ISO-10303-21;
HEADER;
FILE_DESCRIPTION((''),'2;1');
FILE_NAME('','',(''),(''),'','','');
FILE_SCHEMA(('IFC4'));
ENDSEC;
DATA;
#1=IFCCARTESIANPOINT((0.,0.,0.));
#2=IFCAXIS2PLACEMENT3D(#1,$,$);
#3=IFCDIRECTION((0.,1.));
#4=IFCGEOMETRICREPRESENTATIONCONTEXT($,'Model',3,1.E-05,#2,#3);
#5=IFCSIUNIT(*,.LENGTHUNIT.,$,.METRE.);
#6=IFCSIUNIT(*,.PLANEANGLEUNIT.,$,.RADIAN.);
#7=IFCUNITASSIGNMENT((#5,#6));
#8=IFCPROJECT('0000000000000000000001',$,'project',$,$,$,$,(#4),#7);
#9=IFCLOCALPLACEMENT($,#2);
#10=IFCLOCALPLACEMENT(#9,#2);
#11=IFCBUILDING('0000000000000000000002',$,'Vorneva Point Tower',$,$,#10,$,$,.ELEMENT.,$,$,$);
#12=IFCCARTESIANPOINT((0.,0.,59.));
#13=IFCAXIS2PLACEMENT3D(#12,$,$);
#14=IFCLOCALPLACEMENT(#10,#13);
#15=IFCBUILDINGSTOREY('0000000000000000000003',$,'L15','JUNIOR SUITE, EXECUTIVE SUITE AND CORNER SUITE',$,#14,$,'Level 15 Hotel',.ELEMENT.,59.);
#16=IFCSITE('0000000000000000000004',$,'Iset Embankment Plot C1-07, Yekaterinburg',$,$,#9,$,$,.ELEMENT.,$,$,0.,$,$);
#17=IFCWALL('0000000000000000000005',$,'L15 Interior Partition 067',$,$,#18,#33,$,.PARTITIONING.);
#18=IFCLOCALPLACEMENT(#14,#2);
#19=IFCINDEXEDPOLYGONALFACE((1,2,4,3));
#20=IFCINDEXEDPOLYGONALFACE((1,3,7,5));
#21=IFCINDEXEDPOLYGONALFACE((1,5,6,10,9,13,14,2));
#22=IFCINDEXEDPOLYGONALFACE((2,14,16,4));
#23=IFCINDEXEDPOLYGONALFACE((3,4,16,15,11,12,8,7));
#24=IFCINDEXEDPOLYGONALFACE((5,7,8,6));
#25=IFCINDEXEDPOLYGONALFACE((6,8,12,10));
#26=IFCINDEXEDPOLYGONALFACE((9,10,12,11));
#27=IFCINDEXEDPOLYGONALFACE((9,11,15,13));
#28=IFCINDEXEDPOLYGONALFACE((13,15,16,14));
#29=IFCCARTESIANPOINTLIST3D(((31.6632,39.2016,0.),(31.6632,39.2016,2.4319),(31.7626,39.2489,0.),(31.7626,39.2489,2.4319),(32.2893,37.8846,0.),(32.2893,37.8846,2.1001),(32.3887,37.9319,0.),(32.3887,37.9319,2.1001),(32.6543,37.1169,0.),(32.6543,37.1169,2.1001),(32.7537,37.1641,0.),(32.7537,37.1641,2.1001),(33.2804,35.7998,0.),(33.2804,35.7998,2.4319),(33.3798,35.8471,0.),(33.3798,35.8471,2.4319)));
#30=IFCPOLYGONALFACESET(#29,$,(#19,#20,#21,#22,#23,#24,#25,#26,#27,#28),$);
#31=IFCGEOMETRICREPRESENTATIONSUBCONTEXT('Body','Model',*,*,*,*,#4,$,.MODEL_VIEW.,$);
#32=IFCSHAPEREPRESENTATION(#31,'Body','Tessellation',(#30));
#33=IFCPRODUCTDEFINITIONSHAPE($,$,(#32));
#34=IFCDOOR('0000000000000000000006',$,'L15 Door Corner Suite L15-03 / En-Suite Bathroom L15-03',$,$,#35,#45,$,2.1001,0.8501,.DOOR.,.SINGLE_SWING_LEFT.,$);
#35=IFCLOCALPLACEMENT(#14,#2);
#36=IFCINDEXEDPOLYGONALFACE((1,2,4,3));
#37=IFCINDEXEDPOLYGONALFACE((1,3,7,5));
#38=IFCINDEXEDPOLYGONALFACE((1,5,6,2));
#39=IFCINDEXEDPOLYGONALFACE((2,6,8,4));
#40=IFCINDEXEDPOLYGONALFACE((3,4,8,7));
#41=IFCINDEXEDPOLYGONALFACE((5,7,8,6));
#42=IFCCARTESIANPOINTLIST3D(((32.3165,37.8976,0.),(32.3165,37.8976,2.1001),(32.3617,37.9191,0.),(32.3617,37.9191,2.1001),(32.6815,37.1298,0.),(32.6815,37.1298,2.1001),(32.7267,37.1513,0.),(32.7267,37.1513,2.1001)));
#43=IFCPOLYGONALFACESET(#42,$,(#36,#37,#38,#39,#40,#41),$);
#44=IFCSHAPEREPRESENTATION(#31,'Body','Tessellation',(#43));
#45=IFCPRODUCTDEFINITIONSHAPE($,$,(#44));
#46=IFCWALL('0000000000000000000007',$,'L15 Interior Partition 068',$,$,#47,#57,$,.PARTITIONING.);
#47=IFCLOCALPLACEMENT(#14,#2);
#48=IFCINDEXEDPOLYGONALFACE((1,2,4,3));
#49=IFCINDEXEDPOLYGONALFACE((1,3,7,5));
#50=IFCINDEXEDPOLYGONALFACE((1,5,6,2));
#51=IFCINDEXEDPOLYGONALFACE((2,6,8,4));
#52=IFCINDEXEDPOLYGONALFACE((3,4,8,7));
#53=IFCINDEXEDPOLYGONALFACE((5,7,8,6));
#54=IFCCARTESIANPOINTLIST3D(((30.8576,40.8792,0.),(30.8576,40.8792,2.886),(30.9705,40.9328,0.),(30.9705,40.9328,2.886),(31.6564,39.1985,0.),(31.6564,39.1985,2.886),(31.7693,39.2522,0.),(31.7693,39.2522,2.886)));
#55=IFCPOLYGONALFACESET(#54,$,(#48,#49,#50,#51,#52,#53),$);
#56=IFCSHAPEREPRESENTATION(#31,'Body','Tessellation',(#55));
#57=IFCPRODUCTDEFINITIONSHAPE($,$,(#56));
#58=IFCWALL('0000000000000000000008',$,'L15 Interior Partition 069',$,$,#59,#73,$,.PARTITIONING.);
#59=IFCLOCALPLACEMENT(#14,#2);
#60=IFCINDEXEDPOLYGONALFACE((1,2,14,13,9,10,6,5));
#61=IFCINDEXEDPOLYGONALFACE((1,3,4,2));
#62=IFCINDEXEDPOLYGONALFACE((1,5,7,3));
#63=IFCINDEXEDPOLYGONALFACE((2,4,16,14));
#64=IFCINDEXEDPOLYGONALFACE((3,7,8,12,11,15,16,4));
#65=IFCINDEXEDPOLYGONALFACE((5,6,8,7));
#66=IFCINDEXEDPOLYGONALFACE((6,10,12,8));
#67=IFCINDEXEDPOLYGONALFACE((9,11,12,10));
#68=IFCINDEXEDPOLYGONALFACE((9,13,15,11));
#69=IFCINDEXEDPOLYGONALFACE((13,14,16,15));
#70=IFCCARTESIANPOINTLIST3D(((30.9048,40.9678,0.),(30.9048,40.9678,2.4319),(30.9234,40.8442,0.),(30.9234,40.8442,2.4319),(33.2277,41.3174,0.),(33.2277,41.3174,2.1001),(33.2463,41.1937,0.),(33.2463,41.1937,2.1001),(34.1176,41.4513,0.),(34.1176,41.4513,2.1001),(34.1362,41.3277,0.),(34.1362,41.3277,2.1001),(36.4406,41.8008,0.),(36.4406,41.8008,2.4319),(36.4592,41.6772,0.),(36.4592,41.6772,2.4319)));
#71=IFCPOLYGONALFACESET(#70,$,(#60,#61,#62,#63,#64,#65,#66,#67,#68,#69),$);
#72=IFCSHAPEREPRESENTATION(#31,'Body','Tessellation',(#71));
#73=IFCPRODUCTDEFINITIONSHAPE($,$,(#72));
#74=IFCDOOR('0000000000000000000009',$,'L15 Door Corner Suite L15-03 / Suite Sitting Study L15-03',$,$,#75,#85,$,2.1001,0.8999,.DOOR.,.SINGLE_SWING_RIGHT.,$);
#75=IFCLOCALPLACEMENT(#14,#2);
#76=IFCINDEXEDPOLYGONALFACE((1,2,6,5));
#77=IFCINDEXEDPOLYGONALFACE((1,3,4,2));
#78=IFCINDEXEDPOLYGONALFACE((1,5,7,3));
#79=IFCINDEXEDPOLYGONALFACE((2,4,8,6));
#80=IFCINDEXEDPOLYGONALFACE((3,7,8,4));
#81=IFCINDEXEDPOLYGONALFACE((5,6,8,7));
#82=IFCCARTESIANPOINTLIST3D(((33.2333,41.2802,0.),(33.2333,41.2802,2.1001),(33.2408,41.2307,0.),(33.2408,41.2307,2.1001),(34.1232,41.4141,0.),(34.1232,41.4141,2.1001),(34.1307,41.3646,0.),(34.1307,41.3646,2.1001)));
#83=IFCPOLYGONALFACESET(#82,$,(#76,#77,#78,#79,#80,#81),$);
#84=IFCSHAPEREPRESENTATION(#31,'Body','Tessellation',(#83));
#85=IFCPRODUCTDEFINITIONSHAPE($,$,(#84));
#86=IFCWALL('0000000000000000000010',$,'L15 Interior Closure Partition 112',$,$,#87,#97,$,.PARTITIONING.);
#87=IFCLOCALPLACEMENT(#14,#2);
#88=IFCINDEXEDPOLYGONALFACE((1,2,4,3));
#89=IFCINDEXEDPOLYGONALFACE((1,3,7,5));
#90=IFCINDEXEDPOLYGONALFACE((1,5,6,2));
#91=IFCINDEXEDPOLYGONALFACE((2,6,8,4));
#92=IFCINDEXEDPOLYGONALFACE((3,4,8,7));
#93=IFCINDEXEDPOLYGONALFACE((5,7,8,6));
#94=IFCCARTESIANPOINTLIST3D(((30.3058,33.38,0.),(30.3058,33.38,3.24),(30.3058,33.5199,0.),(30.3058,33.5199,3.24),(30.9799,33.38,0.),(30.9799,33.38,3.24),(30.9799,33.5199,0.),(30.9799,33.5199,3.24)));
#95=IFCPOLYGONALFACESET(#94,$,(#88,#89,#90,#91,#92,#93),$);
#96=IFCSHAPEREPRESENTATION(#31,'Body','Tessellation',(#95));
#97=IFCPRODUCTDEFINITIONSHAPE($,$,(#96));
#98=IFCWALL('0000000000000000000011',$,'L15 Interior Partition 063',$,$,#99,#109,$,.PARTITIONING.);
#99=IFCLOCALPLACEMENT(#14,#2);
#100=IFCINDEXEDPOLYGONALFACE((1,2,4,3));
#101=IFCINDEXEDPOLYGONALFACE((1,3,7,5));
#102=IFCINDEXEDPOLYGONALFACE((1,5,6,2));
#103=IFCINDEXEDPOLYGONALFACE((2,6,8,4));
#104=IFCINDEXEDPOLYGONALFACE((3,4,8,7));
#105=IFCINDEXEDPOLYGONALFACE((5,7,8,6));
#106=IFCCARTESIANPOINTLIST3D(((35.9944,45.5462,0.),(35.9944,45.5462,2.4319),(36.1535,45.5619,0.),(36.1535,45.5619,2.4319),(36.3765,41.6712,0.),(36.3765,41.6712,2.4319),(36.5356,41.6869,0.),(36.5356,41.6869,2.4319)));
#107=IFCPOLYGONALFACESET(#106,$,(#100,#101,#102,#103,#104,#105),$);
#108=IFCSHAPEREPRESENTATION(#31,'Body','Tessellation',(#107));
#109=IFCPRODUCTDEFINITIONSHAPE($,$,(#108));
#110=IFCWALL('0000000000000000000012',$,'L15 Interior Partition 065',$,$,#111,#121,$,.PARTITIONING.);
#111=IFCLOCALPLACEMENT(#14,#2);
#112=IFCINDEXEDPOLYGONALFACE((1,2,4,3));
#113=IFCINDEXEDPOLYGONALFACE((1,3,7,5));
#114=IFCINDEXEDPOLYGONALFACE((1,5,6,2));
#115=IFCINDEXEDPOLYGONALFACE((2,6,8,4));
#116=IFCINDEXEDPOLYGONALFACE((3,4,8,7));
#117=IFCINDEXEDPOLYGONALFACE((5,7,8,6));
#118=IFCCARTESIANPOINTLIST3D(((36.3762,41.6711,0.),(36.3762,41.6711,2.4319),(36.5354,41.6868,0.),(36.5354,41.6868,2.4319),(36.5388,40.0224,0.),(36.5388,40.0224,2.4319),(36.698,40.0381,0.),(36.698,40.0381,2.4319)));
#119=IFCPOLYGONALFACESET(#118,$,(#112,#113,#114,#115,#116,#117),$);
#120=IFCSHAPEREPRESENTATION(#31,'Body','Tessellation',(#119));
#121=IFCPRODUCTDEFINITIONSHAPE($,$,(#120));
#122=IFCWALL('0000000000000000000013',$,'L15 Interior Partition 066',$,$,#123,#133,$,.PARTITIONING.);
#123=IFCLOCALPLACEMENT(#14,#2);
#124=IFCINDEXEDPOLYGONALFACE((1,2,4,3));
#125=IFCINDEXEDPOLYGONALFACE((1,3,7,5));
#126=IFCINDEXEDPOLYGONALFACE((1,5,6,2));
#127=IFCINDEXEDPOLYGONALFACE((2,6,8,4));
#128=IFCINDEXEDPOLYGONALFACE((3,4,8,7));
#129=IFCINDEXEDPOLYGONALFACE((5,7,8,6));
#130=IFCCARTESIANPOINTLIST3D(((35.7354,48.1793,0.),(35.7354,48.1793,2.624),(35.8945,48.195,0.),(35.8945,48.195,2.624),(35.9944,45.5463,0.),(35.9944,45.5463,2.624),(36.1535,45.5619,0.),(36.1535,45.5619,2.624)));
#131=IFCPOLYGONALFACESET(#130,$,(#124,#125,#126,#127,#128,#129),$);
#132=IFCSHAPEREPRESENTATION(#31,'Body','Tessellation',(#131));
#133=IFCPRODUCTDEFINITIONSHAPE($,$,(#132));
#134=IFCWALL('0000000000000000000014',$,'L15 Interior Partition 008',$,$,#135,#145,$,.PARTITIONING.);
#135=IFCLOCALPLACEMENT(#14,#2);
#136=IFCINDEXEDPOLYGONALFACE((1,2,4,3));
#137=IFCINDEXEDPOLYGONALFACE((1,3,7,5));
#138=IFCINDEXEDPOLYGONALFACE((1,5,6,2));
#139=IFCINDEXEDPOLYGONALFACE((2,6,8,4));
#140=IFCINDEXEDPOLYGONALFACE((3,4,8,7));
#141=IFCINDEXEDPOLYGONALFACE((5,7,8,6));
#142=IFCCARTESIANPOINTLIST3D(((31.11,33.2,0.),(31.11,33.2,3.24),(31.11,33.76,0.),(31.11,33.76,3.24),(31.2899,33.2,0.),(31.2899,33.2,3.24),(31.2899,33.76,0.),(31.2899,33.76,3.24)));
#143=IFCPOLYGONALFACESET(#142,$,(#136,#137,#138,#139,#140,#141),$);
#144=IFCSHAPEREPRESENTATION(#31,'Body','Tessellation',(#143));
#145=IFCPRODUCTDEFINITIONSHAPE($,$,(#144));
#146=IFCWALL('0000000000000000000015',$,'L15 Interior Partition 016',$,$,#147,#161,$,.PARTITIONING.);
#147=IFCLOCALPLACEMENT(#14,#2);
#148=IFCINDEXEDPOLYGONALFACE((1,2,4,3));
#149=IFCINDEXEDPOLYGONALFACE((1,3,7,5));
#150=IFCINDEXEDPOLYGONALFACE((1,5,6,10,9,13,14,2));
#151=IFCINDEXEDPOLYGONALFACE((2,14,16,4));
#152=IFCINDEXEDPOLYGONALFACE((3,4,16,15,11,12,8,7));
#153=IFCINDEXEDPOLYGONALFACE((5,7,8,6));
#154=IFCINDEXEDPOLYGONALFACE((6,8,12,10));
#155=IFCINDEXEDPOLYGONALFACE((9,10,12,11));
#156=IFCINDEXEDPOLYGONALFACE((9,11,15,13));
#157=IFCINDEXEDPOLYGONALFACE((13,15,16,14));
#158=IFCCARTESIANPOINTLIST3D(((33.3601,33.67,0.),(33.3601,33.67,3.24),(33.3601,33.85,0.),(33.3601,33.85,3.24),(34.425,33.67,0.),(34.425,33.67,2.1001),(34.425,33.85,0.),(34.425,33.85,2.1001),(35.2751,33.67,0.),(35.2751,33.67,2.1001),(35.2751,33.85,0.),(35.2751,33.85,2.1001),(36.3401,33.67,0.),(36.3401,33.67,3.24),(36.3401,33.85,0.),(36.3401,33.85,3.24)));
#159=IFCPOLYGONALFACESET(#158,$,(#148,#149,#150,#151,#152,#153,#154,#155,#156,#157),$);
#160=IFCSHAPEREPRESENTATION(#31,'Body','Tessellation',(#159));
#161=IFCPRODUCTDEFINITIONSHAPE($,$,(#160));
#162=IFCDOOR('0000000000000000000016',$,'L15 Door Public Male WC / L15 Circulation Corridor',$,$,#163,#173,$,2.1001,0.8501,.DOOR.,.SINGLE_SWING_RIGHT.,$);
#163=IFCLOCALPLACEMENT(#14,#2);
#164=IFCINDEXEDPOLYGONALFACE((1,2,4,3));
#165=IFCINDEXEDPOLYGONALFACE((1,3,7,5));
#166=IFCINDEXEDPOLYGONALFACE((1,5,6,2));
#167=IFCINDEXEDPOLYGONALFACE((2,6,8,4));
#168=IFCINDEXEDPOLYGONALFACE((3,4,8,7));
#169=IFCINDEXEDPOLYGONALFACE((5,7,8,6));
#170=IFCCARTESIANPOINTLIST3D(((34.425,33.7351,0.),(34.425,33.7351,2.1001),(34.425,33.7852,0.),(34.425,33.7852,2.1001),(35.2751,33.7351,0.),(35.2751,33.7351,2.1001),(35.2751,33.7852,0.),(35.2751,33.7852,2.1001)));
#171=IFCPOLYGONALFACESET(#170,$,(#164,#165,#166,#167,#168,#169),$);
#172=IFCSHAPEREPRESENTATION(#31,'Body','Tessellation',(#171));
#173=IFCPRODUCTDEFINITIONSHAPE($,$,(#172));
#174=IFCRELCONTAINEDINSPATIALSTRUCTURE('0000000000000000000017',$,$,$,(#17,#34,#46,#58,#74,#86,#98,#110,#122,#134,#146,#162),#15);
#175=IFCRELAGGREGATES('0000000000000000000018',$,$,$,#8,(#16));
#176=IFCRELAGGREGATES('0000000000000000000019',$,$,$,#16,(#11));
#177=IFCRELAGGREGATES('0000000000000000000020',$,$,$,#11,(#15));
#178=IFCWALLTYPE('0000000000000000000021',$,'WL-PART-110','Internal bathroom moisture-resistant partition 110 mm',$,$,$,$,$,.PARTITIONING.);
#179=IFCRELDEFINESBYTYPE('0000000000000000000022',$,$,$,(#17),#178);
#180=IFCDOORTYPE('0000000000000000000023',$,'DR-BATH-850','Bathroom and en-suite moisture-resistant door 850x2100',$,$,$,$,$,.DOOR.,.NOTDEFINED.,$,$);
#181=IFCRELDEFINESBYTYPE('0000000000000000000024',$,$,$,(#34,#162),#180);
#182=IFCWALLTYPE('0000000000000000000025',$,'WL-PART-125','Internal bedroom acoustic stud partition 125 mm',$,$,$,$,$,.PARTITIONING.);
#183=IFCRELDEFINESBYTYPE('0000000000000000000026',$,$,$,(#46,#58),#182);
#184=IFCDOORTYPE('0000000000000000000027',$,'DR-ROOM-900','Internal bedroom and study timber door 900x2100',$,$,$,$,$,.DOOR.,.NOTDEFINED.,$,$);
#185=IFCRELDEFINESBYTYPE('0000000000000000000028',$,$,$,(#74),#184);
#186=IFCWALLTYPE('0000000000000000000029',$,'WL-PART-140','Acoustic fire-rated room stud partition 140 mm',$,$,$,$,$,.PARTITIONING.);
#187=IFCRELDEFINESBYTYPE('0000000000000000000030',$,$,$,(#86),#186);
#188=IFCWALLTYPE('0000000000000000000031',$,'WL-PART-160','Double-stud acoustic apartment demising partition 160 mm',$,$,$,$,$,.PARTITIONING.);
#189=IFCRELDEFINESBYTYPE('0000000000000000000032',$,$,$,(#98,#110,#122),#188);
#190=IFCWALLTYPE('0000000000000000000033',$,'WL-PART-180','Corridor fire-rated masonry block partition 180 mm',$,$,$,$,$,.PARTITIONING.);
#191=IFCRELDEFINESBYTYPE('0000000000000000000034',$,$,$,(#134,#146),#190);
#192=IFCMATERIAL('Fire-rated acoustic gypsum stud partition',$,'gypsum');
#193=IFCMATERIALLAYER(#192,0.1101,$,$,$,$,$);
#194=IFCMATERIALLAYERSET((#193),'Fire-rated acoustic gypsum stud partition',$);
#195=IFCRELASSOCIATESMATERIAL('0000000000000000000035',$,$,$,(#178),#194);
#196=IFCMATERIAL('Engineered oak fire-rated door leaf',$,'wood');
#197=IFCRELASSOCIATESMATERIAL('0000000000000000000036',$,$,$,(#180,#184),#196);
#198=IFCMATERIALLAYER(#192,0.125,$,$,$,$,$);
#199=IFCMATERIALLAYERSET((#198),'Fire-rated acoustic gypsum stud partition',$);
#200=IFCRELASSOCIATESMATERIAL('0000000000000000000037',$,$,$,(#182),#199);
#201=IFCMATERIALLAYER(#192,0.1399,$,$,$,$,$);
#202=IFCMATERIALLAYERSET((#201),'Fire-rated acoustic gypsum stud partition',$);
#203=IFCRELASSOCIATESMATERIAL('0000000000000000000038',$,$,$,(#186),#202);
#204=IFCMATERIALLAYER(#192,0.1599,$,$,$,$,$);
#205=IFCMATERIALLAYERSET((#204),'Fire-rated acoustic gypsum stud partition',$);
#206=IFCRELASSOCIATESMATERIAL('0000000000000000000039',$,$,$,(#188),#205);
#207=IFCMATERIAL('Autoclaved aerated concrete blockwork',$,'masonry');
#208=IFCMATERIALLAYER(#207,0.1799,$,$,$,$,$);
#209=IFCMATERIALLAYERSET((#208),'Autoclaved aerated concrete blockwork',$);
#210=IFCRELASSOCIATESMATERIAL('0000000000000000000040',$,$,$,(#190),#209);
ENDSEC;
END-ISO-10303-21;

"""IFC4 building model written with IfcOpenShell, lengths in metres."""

from ifc_helpers import new_model, si_unit, direction, frame, frame_2d, origin, place, context, subcontext, project, spatial, rectangle, extrude, material, layer, layer_set, type_object, element, fill, save


model = new_model("IFC4")

# Units and contexts
model_context = context("Model", 3, precision=1e-05, world=origin(), true_north=direction((0.0, 1.0)))
body_context = subcontext(model_context, "Body", "Model", "MODEL_VIEW")
ifc_project = project(units=[si_unit("LENGTHUNIT", "METRE"), si_unit("PLANEANGLEUNIT", "RADIAN")], contexts=[model_context])

# Site, building, storey
site_placement = place(None, origin())
site = spatial("IfcSite", under=ifc_project, at=site_placement, Name="Iset Embankment Plot C1-07, Yekaterinburg", CompositionType="ELEMENT", RefElevation=0.0)
building_placement = place(site_placement, origin())
building = spatial("IfcBuilding", under=site, at=building_placement, Name="Vorneva Point Tower", CompositionType="ELEMENT")
storey_placement = place(building_placement, frame((0.0, 0.0, 59.0)))
storey = spatial("IfcBuildingStorey", under=building, at=storey_placement, Name="L15", Description="JUNIOR SUITE, EXECUTIVE SUITE AND CORNER SUITE", LongName="Level 15 Hotel", CompositionType="ELEMENT", Elevation=59.0)

# Wall, opening, door
ifc_material_1 = material(Name="Fire-rated acoustic gypsum stud partition", Category="gypsum")
ifc_layer_1 = layer(ifc_material_1, 0.1101)
ifc_layer_set_1 = layer_set([ifc_layer_1], Name="Fire-rated acoustic gypsum stud partition")
wall_type_1 = type_object("IfcWallType", Name="WL-PART-110", Description="Internal bathroom moisture-resistant partition 110 mm", PredefinedType="PARTITIONING", material=ifc_layer_set_1)
wall_1_placement = place(storey_placement, frame((33.3301, 35.8235, 0.0), z_axis=(0.0, 0.0, 1.0), x_axis=(-0.42934, 0.903143, 0.0)))
wall_1 = element("IfcWall", 1, at=wall_1_placement, inside=storey, type_object=wall_type_1, Name="L15 Interior Partition 067", PredefinedType="PARTITIONING", context=body_context, shape_type="SweptSolid", body=[
    extrude(rectangle(XDim=3.7666, YDim=0.1101, at=frame_2d((1.8833, 0.0))), origin(), (0.0, 0.0, 1.0), 2.4319),
])
opening_1_placement = place(wall_1_placement, frame((1.4583, 0.0, 0.0)))
opening_1 = element("IfcOpeningElement", 2, at=opening_1_placement, cuts=wall_1, PredefinedType="OPENING", context=body_context, shape_type="SweptSolid", body=[
    extrude(rectangle(XDim=0.8501, YDim=2.1001, at=frame_2d((0.425, 1.05))), frame((0.0, 0.0698, 0.0), z_axis=(0.0, -1.0, 0.0), x_axis=(1.0, 0.0, 0.0)), (0.0, 0.0, 1.0), 0.1399),
])
ifc_material_2 = material(Name="Engineered oak fire-rated door leaf", Category="wood")
door_type_1 = type_object("IfcDoorType", Name="DR-BATH-850", Description="Bathroom and en-suite moisture-resistant door 850x2100", OperationType="NOTDEFINED", PredefinedType="DOOR", material=ifc_material_2)
door_1_placement = place(opening_1_placement, origin())
door_1 = element("IfcDoor", 3, at=door_1_placement, inside=storey, type_object=door_type_1, Name="L15 Door Corner Suite L15-03 / En-Suite Bathroom L15-03", OperationType="SINGLE_SWING_LEFT", OverallHeight=2.1001, OverallWidth=0.8501, PredefinedType="DOOR", context=body_context, shape_type="SweptSolid", body=[
    extrude(rectangle(XDim=0.8501, YDim=2.1001, at=frame_2d((0.425, 1.05))), frame((0.0, 0.0249, 0.0), z_axis=(0.0, -1.0, 0.0), x_axis=(1.0, 0.0, 0.0)), (0.0, 0.0, 1.0), 0.05),
])
fill(opening_1, door_1)

# Wall
ifc_layer_2 = layer(ifc_material_1, 0.125)
ifc_layer_set_2 = layer_set([ifc_layer_2], Name="Fire-rated acoustic gypsum stud partition")
wall_type_2 = type_object("IfcWallType", Name="WL-PART-125", Description="Internal bedroom acoustic stud partition 125 mm", PredefinedType="PARTITIONING", material=ifc_layer_set_2)
wall_2_placement = place(storey_placement, frame((31.7129, 39.2253, 0.0), z_axis=(0.0, 0.0, 1.0), x_axis=(-0.429282, 0.903171, 0.0)))
element("IfcWall", 4, at=wall_2_placement, inside=storey, type_object=wall_type_2, Name="L15 Interior Partition 068", PredefinedType="PARTITIONING", context=body_context, shape_type="SweptSolid", body=[
    extrude(rectangle(XDim=1.8608, YDim=0.125, at=frame_2d((0.9304, 0.0))), origin(), (0.0, 0.0, 1.0), 2.886),
])

# Wall, opening, door
wall_3_placement = place(storey_placement, frame((30.9141, 40.906, 0.0), z_axis=(0.0, 0.0, 1.0), x_axis=(0.988867, 0.148799, 0.0)))
wall_3 = element("IfcWall", 5, at=wall_3_placement, inside=storey, type_object=wall_type_2, Name="L15 Interior Partition 069", PredefinedType="PARTITIONING", context=body_context, shape_type="SweptSolid", body=[
    extrude(rectangle(XDim=5.5981, YDim=0.125, at=frame_2d((2.7991, 0.0))), origin(), (0.0, 0.0, 1.0), 2.4319),
])
opening_2_placement = place(wall_3_placement, frame((2.3491, 0.0, 0.0)))
opening_2 = element("IfcOpeningElement", 6, at=opening_2_placement, cuts=wall_3, PredefinedType="OPENING", context=body_context, shape_type="SweptSolid", body=[
    extrude(rectangle(XDim=0.8999, YDim=2.1001, at=frame_2d((0.45, 1.05))), frame((0.0, 0.0774, 0.0), z_axis=(0.0, -1.0, 0.0), x_axis=(1.0, 0.0, 0.0)), (0.0, 0.0, 1.0), 0.1548),
])
door_type_2 = type_object("IfcDoorType", Name="DR-ROOM-900", Description="Internal bedroom and study timber door 900x2100", OperationType="NOTDEFINED", PredefinedType="DOOR", material=ifc_material_2)
door_2_placement = place(opening_2_placement, origin())
door_2 = element("IfcDoor", 7, at=door_2_placement, inside=storey, type_object=door_type_2, Name="L15 Door Corner Suite L15-03 / Suite Sitting Study L15-03", OperationType="SINGLE_SWING_RIGHT", OverallHeight=2.1001, OverallWidth=0.8999, PredefinedType="DOOR", context=body_context, shape_type="SweptSolid", body=[
    extrude(rectangle(XDim=0.8999, YDim=2.1001, at=frame_2d((0.45, 1.05))), frame((0.0, 0.0249, 0.0), z_axis=(0.0, -1.0, 0.0), x_axis=(1.0, 0.0, 0.0)), (0.0, 0.0, 1.0), 0.05),
])
fill(opening_2, door_2)

# Walls
ifc_layer_3 = layer(ifc_material_1, 0.1399)
ifc_layer_set_3 = layer_set([ifc_layer_3], Name="Fire-rated acoustic gypsum stud partition")
wall_type_3 = type_object("IfcWallType", Name="WL-PART-140", Description="Acoustic fire-rated room stud partition 140 mm", PredefinedType="PARTITIONING", material=ifc_layer_set_3)
wall_4_placement = place(storey_placement, frame((30.3059, 33.45, 0.0), z_axis=(0.0, 0.0, 1.0), x_axis=(1.0, 0.0, 0.0)))
element("IfcWall", 8, at=wall_4_placement, inside=storey, type_object=wall_type_3, Name="L15 Interior Closure Partition 112", PredefinedType="PARTITIONING", context=body_context, shape_type="SweptSolid", body=[
    extrude(rectangle(XDim=0.6741, YDim=0.1399, at=frame_2d((0.3369, 0.0))), origin(), (0.0, 0.0, 1.0), 3.24),
])
ifc_layer_4 = layer(ifc_material_1, 0.1599)
ifc_layer_set_4 = layer_set([ifc_layer_4], Name="Fire-rated acoustic gypsum stud partition")
wall_type_4 = type_object("IfcWallType", Name="WL-PART-160", Description="Double-stud acoustic apartment demising partition 160 mm", PredefinedType="PARTITIONING", material=ifc_layer_set_4)
wall_5_placement = place(storey_placement, frame((36.074, 45.554, 0.0), z_axis=(0.0, 0.0, 1.0), x_axis=(0.098125, -0.995174, 0.0)))
element("IfcWall", 9, at=wall_5_placement, inside=storey, type_object=wall_type_4, Name="L15 Interior Partition 063", PredefinedType="PARTITIONING", context=body_context, shape_type="SweptSolid", body=[
    extrude(rectangle(XDim=3.8938, YDim=0.1599, at=frame_2d((1.9468, 0.0))), origin(), (0.0, 0.0, 1.0), 2.4319),
])
wall_6_placement = place(storey_placement, frame((36.4558, 41.679, 0.0), z_axis=(0.0, 0.0, 1.0), x_axis=(0.098147, -0.995172, 0.0)))
element("IfcWall", 10, at=wall_6_placement, inside=storey, type_object=wall_type_4, Name="L15 Interior Partition 065", PredefinedType="PARTITIONING", context=body_context, shape_type="SweptSolid", body=[
    extrude(rectangle(XDim=1.6567, YDim=0.1599, at=frame_2d((0.8284, 0.0))), origin(), (0.0, 0.0, 1.0), 2.4319),
])
wall_7_placement = place(storey_placement, frame((35.8149, 48.187, 0.0), z_axis=(0.0, 0.0, 1.0), x_axis=(0.097905, -0.995196, 0.0)))
element("IfcWall", 11, at=wall_7_placement, inside=storey, type_object=wall_type_4, Name="L15 Interior Partition 066", PredefinedType="PARTITIONING", context=body_context, shape_type="SweptSolid", body=[
    extrude(rectangle(XDim=2.6458, YDim=0.1599, at=frame_2d((1.3228, 0.0))), origin(), (0.0, 0.0, 1.0), 2.624),
])

# Shared definitions
ifc_material_3 = material(Name="Autoclaved aerated concrete blockwork", Category="masonry")
ifc_layer_5 = layer(ifc_material_3, 0.1799)
ifc_layer_set_5 = layer_set([ifc_layer_5], Name="Autoclaved aerated concrete blockwork")
wall_type_5 = type_object("IfcWallType", Name="WL-PART-180", Description="Corridor fire-rated masonry block partition 180 mm", PredefinedType="PARTITIONING", material=ifc_layer_set_5)

# Wall
wall_8_placement = place(storey_placement, frame((31.2, 33.76, 0.0), z_axis=(0.0, 0.0, 1.0), x_axis=(0.0, -1.0, 0.0)))
element("IfcWall", 12, at=wall_8_placement, inside=storey, type_object=wall_type_5, Name="L15 Interior Partition 008", PredefinedType="PARTITIONING", context=body_context, shape_type="SweptSolid", body=[
    extrude(rectangle(XDim=0.5601, YDim=0.1799, at=frame_2d((0.28, 0.0))), origin(), (0.0, 0.0, 1.0), 3.24),
])

# Wall, opening, door
wall_9_placement = place(storey_placement, frame((36.3401, 33.76, 0.0), z_axis=(0.0, 0.0, 1.0), x_axis=(-1.0, 0.0, 0.0)))
wall_9 = element("IfcWall", 13, at=wall_9_placement, inside=storey, type_object=wall_type_5, Name="L15 Interior Partition 016", PredefinedType="PARTITIONING", context=body_context, shape_type="SweptSolid", body=[
    extrude(rectangle(XDim=2.98, YDim=0.1799, at=frame_2d((1.49, 0.0))), origin(), (0.0, 0.0, 1.0), 3.24),
])
opening_3_placement = place(wall_9_placement, frame((1.0649, 0.0, 0.0)))
opening_3 = element("IfcOpeningElement", 14, at=opening_3_placement, cuts=wall_9, PredefinedType="OPENING", context=body_context, shape_type="SweptSolid", body=[
    extrude(rectangle(XDim=0.8501, YDim=2.1001, at=frame_2d((0.425, 1.05))), frame((0.0, 0.105, 0.0), z_axis=(0.0, -1.0, 0.0), x_axis=(1.0, 0.0, 0.0)), (0.0, 0.0, 1.0), 0.2097),
])
door_3_placement = place(opening_3_placement, origin())
door_3 = element("IfcDoor", 15, at=door_3_placement, inside=storey, type_object=door_type_1, Name="L15 Door Public Male WC / L15 Circulation Corridor", OperationType="SINGLE_SWING_RIGHT", OverallHeight=2.1001, OverallWidth=0.8501, PredefinedType="DOOR", context=body_context, shape_type="SweptSolid", body=[
    extrude(rectangle(XDim=0.8501, YDim=2.1001, at=frame_2d((0.425, 1.05))), frame((0.0, 0.0249, 0.0), z_axis=(0.0, -1.0, 0.0), x_axis=(1.0, 0.0, 0.0)), (0.0, 0.0, 1.0), 0.05),
])
fill(opening_3, door_3)

save(model, "model.ifc")
